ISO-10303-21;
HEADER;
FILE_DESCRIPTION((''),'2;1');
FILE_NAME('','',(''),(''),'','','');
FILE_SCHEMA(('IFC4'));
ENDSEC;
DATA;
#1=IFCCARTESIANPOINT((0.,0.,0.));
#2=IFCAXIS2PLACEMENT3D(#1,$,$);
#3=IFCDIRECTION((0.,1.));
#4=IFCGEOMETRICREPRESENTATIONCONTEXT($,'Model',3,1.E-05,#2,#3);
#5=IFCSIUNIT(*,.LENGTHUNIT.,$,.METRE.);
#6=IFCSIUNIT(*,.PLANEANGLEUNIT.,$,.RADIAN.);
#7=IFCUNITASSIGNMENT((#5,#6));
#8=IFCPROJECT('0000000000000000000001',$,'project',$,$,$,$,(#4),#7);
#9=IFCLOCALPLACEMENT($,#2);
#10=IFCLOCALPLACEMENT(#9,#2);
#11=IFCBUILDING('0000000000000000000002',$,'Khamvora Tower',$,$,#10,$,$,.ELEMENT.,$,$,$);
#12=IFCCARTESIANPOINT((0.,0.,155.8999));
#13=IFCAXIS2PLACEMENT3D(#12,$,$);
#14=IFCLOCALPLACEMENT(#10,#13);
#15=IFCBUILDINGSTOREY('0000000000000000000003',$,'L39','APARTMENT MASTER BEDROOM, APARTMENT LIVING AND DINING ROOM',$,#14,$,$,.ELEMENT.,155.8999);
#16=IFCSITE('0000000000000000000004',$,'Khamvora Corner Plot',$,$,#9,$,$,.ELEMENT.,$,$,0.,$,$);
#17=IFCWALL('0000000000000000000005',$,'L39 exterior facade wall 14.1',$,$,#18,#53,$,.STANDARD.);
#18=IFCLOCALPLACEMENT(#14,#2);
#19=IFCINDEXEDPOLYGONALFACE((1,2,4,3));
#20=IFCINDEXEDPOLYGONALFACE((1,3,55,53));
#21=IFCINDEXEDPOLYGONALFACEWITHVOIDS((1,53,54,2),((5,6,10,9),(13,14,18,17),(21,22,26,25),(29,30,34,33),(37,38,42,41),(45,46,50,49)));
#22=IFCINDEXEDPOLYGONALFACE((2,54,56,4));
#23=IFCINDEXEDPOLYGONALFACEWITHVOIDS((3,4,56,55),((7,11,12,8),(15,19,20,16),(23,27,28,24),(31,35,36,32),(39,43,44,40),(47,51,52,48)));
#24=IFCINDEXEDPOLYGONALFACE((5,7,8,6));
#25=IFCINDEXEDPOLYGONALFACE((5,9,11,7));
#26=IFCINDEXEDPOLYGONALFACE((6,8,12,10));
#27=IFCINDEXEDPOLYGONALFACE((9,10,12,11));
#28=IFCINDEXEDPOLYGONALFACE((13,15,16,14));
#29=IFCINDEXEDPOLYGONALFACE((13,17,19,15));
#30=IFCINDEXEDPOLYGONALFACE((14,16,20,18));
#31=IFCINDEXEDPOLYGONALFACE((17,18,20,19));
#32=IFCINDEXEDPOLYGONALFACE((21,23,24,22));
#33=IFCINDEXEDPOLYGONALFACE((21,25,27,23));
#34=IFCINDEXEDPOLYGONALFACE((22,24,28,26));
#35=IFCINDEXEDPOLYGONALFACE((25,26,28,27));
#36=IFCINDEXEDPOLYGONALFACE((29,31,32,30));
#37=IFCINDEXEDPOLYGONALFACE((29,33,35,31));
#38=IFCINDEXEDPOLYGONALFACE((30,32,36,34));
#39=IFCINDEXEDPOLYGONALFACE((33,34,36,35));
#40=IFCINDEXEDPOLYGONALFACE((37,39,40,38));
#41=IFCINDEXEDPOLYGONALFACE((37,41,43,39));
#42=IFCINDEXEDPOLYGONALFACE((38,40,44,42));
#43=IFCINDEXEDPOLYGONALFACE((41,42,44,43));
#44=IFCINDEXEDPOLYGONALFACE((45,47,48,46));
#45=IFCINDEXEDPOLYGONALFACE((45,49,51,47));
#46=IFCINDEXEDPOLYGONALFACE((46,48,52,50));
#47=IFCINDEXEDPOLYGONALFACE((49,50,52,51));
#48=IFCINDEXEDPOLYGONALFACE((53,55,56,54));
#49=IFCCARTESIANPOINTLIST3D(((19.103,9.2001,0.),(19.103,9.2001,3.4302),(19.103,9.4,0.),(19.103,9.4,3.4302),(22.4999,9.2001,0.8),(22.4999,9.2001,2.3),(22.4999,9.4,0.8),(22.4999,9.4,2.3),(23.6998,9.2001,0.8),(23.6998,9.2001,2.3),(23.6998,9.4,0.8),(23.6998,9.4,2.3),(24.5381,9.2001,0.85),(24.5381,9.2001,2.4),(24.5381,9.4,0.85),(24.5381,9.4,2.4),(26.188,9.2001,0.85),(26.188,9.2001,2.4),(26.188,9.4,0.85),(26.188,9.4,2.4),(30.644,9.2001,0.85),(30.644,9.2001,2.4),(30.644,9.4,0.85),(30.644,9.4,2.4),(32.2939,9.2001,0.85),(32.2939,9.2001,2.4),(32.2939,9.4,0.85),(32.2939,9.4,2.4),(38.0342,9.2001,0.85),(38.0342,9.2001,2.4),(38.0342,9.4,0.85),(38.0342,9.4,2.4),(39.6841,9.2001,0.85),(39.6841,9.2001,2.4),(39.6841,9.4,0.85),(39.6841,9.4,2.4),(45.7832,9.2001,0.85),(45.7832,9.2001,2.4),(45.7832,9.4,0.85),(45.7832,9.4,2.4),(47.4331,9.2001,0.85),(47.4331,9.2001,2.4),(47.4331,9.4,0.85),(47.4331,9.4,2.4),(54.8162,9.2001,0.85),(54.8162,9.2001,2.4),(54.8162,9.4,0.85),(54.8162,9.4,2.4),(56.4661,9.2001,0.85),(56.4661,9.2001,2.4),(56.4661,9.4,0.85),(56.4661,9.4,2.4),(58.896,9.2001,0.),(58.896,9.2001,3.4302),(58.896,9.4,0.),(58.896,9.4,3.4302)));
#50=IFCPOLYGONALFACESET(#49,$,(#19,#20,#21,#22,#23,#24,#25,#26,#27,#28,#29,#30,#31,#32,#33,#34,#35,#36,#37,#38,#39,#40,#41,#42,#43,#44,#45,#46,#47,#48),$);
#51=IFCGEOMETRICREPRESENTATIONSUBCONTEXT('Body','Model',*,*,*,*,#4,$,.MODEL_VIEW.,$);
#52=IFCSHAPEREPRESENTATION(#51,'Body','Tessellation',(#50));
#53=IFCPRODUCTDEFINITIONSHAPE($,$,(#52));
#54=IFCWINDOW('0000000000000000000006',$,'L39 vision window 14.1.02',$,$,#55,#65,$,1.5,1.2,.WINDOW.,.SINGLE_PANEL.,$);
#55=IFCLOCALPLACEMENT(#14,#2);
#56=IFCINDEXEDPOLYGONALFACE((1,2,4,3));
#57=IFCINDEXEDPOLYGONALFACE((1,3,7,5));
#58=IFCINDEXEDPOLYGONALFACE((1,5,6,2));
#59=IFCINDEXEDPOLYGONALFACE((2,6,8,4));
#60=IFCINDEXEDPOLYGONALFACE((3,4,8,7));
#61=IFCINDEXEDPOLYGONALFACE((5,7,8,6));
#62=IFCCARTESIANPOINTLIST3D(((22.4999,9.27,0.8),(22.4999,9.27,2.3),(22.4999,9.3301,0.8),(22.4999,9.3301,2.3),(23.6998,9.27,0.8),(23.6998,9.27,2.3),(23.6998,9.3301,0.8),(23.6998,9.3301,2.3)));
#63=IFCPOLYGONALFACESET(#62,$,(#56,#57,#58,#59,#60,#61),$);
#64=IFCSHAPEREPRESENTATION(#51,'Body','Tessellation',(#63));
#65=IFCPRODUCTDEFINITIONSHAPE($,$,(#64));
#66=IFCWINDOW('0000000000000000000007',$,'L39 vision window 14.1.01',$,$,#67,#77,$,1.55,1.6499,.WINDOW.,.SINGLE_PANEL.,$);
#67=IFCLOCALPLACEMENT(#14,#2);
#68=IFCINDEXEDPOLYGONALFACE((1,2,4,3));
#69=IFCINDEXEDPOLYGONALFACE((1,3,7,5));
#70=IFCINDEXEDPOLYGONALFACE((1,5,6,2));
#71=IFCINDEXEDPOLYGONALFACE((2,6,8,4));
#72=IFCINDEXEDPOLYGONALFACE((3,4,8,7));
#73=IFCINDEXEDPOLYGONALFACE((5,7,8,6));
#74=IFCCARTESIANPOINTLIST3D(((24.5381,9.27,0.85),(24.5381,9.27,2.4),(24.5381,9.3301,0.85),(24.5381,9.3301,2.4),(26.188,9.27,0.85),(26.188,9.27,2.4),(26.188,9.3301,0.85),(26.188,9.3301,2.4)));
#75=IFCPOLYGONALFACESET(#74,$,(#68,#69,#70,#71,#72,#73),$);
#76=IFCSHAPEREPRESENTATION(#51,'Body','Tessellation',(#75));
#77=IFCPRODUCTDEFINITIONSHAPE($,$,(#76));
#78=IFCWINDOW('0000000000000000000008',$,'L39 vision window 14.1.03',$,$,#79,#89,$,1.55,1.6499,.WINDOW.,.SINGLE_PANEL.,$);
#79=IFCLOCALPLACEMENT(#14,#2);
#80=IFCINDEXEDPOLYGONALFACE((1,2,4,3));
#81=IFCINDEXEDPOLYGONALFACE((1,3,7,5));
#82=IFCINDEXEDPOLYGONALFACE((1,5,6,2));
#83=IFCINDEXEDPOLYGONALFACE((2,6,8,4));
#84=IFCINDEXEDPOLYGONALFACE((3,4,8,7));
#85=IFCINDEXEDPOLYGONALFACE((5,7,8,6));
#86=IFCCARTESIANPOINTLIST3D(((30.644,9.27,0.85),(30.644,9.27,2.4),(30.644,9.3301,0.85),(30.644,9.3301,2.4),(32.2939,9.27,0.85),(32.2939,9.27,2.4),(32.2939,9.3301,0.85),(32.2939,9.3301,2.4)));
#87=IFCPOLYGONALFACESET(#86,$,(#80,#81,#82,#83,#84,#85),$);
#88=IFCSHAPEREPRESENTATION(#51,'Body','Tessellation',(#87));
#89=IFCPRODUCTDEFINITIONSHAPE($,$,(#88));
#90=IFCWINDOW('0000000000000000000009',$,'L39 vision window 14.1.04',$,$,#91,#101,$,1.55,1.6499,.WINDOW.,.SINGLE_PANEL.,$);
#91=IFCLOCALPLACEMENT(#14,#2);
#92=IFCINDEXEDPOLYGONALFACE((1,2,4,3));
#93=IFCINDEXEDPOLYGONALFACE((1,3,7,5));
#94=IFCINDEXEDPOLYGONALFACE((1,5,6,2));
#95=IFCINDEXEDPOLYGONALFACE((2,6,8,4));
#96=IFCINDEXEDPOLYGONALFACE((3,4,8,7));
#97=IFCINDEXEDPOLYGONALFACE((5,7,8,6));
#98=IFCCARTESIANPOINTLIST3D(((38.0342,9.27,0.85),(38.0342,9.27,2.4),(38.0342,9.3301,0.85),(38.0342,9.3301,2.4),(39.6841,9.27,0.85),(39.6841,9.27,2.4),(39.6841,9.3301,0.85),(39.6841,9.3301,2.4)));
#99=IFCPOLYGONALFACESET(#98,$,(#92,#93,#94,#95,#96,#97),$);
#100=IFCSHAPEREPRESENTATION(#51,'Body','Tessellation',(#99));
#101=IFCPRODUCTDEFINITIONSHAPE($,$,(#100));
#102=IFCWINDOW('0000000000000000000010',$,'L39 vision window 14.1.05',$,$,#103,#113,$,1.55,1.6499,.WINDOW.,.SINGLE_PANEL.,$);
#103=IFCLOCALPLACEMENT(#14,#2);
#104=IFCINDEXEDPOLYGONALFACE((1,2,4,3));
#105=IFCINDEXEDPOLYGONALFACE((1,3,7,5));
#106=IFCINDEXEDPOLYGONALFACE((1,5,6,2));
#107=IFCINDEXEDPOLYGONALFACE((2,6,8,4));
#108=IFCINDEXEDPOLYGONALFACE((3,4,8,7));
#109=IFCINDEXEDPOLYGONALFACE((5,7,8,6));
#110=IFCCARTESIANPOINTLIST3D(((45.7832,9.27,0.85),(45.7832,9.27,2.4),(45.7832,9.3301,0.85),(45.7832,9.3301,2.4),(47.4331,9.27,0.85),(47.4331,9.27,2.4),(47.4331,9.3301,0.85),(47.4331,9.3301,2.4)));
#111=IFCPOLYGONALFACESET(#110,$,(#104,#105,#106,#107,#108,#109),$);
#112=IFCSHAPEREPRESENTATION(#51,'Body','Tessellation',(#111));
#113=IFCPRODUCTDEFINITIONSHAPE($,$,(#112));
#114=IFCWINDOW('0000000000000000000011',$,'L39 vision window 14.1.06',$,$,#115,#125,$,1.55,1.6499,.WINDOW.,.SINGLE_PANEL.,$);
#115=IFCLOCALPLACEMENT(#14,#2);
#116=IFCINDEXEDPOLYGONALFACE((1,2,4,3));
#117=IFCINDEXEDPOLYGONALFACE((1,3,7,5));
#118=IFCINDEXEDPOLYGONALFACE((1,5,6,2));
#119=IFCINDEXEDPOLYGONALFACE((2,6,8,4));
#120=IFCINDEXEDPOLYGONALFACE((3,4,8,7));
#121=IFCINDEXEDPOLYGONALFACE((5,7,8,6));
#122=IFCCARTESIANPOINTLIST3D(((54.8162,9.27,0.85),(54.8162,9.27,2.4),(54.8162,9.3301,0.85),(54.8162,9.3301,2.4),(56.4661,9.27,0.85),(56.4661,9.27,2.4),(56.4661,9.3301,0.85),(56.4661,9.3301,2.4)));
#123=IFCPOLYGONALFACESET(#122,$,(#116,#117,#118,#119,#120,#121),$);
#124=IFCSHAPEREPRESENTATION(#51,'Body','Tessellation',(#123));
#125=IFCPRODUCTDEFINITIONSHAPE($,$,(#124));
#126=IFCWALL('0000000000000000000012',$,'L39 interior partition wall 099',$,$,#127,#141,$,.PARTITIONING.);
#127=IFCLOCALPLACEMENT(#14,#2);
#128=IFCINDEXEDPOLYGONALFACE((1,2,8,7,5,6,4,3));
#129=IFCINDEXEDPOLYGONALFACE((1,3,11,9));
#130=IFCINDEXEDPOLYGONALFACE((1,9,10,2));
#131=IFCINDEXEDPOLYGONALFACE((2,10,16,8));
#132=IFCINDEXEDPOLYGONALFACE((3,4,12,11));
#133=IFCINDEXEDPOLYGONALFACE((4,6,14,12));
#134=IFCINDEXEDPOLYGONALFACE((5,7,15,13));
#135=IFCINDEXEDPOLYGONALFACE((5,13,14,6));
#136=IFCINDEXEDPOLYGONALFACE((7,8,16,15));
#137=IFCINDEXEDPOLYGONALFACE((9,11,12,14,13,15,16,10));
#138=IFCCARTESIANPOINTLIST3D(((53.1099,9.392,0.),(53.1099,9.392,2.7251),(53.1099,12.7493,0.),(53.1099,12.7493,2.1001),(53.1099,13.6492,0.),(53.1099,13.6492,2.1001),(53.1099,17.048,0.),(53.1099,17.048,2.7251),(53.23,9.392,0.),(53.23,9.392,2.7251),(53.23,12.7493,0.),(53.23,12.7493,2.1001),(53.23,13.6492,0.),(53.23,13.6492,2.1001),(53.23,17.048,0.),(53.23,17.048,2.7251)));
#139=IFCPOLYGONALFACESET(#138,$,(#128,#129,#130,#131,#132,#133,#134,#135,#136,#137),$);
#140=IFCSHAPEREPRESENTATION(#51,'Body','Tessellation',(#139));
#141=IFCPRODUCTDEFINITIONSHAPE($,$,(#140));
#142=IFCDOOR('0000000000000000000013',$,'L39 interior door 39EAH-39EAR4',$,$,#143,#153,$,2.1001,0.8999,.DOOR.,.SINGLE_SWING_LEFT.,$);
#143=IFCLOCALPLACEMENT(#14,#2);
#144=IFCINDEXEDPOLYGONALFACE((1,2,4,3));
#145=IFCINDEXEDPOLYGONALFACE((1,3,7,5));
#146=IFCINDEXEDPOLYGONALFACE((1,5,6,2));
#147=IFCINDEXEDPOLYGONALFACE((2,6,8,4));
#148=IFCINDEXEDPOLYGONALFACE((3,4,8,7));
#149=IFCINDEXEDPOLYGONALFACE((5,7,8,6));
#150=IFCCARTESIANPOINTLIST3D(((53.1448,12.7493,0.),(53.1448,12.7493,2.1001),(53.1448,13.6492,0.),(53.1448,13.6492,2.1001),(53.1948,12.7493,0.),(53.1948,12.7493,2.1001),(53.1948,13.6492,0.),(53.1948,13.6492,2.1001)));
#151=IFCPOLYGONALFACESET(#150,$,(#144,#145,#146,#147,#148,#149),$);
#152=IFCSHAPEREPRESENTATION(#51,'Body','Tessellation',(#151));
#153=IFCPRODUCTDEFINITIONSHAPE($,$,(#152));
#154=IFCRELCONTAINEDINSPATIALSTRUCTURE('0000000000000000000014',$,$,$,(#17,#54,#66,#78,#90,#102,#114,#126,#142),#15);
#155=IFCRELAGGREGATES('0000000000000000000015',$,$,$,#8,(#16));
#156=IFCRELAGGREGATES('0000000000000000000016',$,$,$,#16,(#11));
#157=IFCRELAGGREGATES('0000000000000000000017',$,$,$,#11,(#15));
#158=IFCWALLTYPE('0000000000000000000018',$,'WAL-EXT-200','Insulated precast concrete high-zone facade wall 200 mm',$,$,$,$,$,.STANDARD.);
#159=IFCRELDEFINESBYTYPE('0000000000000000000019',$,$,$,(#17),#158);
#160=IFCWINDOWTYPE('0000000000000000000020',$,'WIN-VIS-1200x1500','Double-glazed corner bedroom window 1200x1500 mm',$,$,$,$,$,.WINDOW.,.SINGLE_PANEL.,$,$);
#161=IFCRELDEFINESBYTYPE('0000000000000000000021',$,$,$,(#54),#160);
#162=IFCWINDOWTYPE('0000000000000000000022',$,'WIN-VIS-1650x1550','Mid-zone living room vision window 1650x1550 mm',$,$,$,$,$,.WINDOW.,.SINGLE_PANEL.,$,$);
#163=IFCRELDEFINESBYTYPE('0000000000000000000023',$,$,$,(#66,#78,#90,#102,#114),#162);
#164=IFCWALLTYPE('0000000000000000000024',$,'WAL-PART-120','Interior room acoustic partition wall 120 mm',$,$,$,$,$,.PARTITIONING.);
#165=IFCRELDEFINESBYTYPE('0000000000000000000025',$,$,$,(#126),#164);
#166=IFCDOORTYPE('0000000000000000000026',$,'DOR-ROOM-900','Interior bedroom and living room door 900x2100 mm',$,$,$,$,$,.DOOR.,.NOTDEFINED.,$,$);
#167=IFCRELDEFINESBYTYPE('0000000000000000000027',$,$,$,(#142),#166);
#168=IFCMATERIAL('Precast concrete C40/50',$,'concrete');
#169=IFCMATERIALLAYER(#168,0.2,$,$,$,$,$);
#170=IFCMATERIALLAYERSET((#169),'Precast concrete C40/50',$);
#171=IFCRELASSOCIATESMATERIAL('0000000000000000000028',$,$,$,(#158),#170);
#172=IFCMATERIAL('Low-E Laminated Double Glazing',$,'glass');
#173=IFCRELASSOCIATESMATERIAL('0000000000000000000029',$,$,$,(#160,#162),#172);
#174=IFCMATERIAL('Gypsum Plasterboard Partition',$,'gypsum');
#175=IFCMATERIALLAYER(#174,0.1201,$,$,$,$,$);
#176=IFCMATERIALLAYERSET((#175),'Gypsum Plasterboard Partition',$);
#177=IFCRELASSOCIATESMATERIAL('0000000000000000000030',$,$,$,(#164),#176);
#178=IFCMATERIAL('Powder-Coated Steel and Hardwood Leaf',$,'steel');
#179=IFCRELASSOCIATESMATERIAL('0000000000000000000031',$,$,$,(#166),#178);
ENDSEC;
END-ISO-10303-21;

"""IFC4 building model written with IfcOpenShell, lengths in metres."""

from ifc_helpers import new_model, si_unit, direction, frame, frame_2d, origin, place, context, subcontext, project, spatial, rectangle, extrude, material, layer, layer_set, type_object, element, fill, save


model = new_model("IFC4")

# Units and contexts
model_context = context("Model", 3, precision=1e-05, world=origin(), true_north=direction((0.0, 1.0)))
body_context = subcontext(model_context, "Body", "Model", "MODEL_VIEW")
ifc_project = project(units=[si_unit("LENGTHUNIT", "METRE"), si_unit("PLANEANGLEUNIT", "RADIAN")], contexts=[model_context])

# Site, building, storey
site_placement = place(None, origin())
site = spatial("IfcSite", under=ifc_project, at=site_placement, Name="Khamvora Corner Plot", CompositionType="ELEMENT", RefElevation=0.0)
building_placement = place(site_placement, origin())
building = spatial("IfcBuilding", under=site, at=building_placement, Name="Khamvora Tower", CompositionType="ELEMENT")
storey_placement = place(building_placement, frame((0.0, 0.0, 155.8999)))
storey = spatial("IfcBuildingStorey", under=building, at=storey_placement, Name="L39", Description="APARTMENT MASTER BEDROOM, APARTMENT LIVING AND DINING ROOM", CompositionType="ELEMENT", Elevation=155.8999)

# Shared definitions
ifc_material_1 = material(Name="Precast concrete C40/50", Category="concrete")
ifc_layer_1 = layer(ifc_material_1, 0.2)
ifc_layer_set_1 = layer_set([ifc_layer_1], Name="Precast concrete C40/50")
wall_type_1 = type_object("IfcWallType", Name="WAL-EXT-200", Description="Insulated precast concrete high-zone facade wall 200 mm", PredefinedType="STANDARD", material=ifc_layer_set_1)

# Wall, openings, windows
wall_1_placement = place(storey_placement, frame((58.896, 9.3, 0.0), z_axis=(0.0, 0.0, 1.0), x_axis=(-1.0, 0.0, 0.0)))
wall_1 = element("IfcWall", 1, at=wall_1_placement, inside=storey, type_object=wall_type_1, Name="L39 exterior facade wall 14.1", PredefinedType="STANDARD", context=body_context, shape_type="SweptSolid", body=[
    extrude(rectangle(XDim=39.793, YDim=0.2, at=frame_2d((19.8965, 0.0))), origin(), (0.0, 0.0, 1.0), 3.4302),
])
opening_1_placement = place(wall_1_placement, frame((32.708, 0.0, 0.8501)))
opening_1 = element("IfcOpeningElement", 2, at=opening_1_placement, cuts=wall_1, PredefinedType="OPENING", context=body_context, shape_type="SweptSolid", body=[
    extrude(rectangle(XDim=1.6499, YDim=1.55, at=frame_2d((0.825, 0.7749))), frame((0.0, 0.1099, 0.0), z_axis=(0.0, -1.0, 0.0), x_axis=(1.0, 0.0, 0.0)), (0.0, 0.0, 1.0), 0.22),
])
opening_2_placement = place(wall_1_placement, frame((35.196, 0.0, 0.8)))
opening_2 = element("IfcOpeningElement", 3, at=opening_2_placement, cuts=wall_1, PredefinedType="OPENING", context=body_context, shape_type="SweptSolid", body=[
    extrude(rectangle(XDim=1.2, YDim=1.5, at=frame_2d((0.6001, 0.75))), frame((0.0, 0.1099, 0.0), z_axis=(0.0, -1.0, 0.0), x_axis=(1.0, 0.0, 0.0)), (0.0, 0.0, 1.0), 0.22),
])
opening_3_placement = place(wall_1_placement, frame((26.6021, 0.0, 0.8501)))
opening_3 = element("IfcOpeningElement", 4, at=opening_3_placement, cuts=wall_1, PredefinedType="OPENING", context=body_context, shape_type="SweptSolid", body=[
    extrude(rectangle(XDim=1.6499, YDim=1.55, at=frame_2d((0.825, 0.7749))), frame((0.0, 0.1099, 0.0), z_axis=(0.0, -1.0, 0.0), x_axis=(1.0, 0.0, 0.0)), (0.0, 0.0, 1.0), 0.22),
])
opening_4_placement = place(wall_1_placement, frame((19.2119, 0.0, 0.8501)))
opening_4 = element("IfcOpeningElement", 5, at=opening_4_placement, cuts=wall_1, PredefinedType="OPENING", context=body_context, shape_type="SweptSolid", body=[
    extrude(rectangle(XDim=1.6499, YDim=1.55, at=frame_2d((0.825, 0.7749))), frame((0.0, 0.1099, 0.0), z_axis=(0.0, -1.0, 0.0), x_axis=(1.0, 0.0, 0.0)), (0.0, 0.0, 1.0), 0.22),
])
opening_5_placement = place(wall_1_placement, frame((11.4629, 0.0, 0.8501)))
opening_5 = element("IfcOpeningElement", 6, at=opening_5_placement, cuts=wall_1, PredefinedType="OPENING", context=body_context, shape_type="SweptSolid", body=[
    extrude(rectangle(XDim=1.6499, YDim=1.55, at=frame_2d((0.825, 0.7749))), frame((0.0, 0.1099, 0.0), z_axis=(0.0, -1.0, 0.0), x_axis=(1.0, 0.0, 0.0)), (0.0, 0.0, 1.0), 0.22),
])
opening_6_placement = place(wall_1_placement, frame((2.4299, 0.0, 0.8501)))
opening_6 = element("IfcOpeningElement", 7, at=opening_6_placement, cuts=wall_1, PredefinedType="OPENING", context=body_context, shape_type="SweptSolid", body=[
    extrude(rectangle(XDim=1.6499, YDim=1.55, at=frame_2d((0.825, 0.7749))), frame((0.0, 0.1099, 0.0), z_axis=(0.0, -1.0, 0.0), x_axis=(1.0, 0.0, 0.0)), (0.0, 0.0, 1.0), 0.22),
])
ifc_material_2 = material(Name="Low-E Laminated Double Glazing", Category="glass")
window_type_1 = type_object("IfcWindowType", Name="WIN-VIS-1200x1500", Description="Double-glazed corner bedroom window 1200x1500 mm", PartitioningType="SINGLE_PANEL", PredefinedType="WINDOW", material=ifc_material_2)
window_1_placement = place(opening_2_placement, origin())
window_1 = element("IfcWindow", 8, at=window_1_placement, inside=storey, type_object=window_type_1, Name="L39 vision window 14.1.02", OverallHeight=1.5, OverallWidth=1.2, PartitioningType="SINGLE_PANEL", PredefinedType="WINDOW", context=body_context, shape_type="SweptSolid", body=[
    extrude(rectangle(XDim=1.2, YDim=1.5, at=frame_2d((0.6001, 0.75))), frame((0.0, 0.03, 0.0), z_axis=(0.0, -1.0, 0.0), x_axis=(1.0, 0.0, 0.0)), (0.0, 0.0, 1.0), 0.0601),
])
fill(opening_2, window_1)
window_type_2 = type_object("IfcWindowType", Name="WIN-VIS-1650x1550", Description="Mid-zone living room vision window 1650x1550 mm", PartitioningType="SINGLE_PANEL", PredefinedType="WINDOW", material=ifc_material_2)
window_2_placement = place(opening_1_placement, origin())
window_2 = element("IfcWindow", 9, at=window_2_placement, inside=storey, type_object=window_type_2, Name="L39 vision window 14.1.01", OverallHeight=1.55, OverallWidth=1.6499, PartitioningType="SINGLE_PANEL", PredefinedType="WINDOW", context=body_context, shape_type="SweptSolid", body=[
    extrude(rectangle(XDim=1.6499, YDim=1.55, at=frame_2d((0.825, 0.7749))), frame((0.0, 0.03, 0.0), z_axis=(0.0, -1.0, 0.0), x_axis=(1.0, 0.0, 0.0)), (0.0, 0.0, 1.0), 0.0601),
])
fill(opening_1, window_2)
window_3_placement = place(opening_3_placement, origin())
window_3 = element("IfcWindow", 10, at=window_3_placement, inside=storey, type_object=window_type_2, Name="L39 vision window 14.1.03", OverallHeight=1.55, OverallWidth=1.6499, PartitioningType="SINGLE_PANEL", PredefinedType="WINDOW", context=body_context, shape_type="SweptSolid", body=[
    extrude(rectangle(XDim=1.6499, YDim=1.55, at=frame_2d((0.825, 0.7749))), frame((0.0, 0.03, 0.0), z_axis=(0.0, -1.0, 0.0), x_axis=(1.0, 0.0, 0.0)), (0.0, 0.0, 1.0), 0.0601),
])
fill(opening_3, window_3)
window_4_placement = place(opening_4_placement, origin())
window_4 = element("IfcWindow", 11, at=window_4_placement, inside=storey, type_object=window_type_2, Name="L39 vision window 14.1.04", OverallHeight=1.55, OverallWidth=1.6499, PartitioningType="SINGLE_PANEL", PredefinedType="WINDOW", context=body_context, shape_type="SweptSolid", body=[
    extrude(rectangle(XDim=1.6499, YDim=1.55, at=frame_2d((0.825, 0.7749))), frame((0.0, 0.03, 0.0), z_axis=(0.0, -1.0, 0.0), x_axis=(1.0, 0.0, 0.0)), (0.0, 0.0, 1.0), 0.0601),
])
fill(opening_4, window_4)
window_5_placement = place(opening_5_placement, origin())
window_5 = element("IfcWindow", 12, at=window_5_placement, inside=storey, type_object=window_type_2, Name="L39 vision window 14.1.05", OverallHeight=1.55, OverallWidth=1.6499, PartitioningType="SINGLE_PANEL", PredefinedType="WINDOW", context=body_context, shape_type="SweptSolid", body=[
    extrude(rectangle(XDim=1.6499, YDim=1.55, at=frame_2d((0.825, 0.7749))), frame((0.0, 0.03, 0.0), z_axis=(0.0, -1.0, 0.0), x_axis=(1.0, 0.0, 0.0)), (0.0, 0.0, 1.0), 0.0601),
])
fill(opening_5, window_5)
window_6_placement = place(opening_6_placement, origin())
window_6 = element("IfcWindow", 13, at=window_6_placement, inside=storey, type_object=window_type_2, Name="L39 vision window 14.1.06", OverallHeight=1.55, OverallWidth=1.6499, PartitioningType="SINGLE_PANEL", PredefinedType="WINDOW", context=body_context, shape_type="SweptSolid", body=[
    extrude(rectangle(XDim=1.6499, YDim=1.55, at=frame_2d((0.825, 0.7749))), frame((0.0, 0.03, 0.0), z_axis=(0.0, -1.0, 0.0), x_axis=(1.0, 0.0, 0.0)), (0.0, 0.0, 1.0), 0.0601),
])
fill(opening_6, window_6)

# Wall, opening, door
ifc_material_3 = material(Name="Gypsum Plasterboard Partition", Category="gypsum")
ifc_layer_2 = layer(ifc_material_3, 0.1201)
ifc_layer_set_2 = layer_set([ifc_layer_2], Name="Gypsum Plasterboard Partition")
wall_type_2 = type_object("IfcWallType", Name="WAL-PART-120", Description="Interior room acoustic partition wall 120 mm", PredefinedType="PARTITIONING", material=ifc_layer_set_2)
wall_2_placement = place(storey_placement, frame((53.1699, 17.0481, 0.0), z_axis=(0.0, 0.0, 1.0), x_axis=(0.0, -1.0, 0.0)))
wall_2 = element("IfcWall", 14, at=wall_2_placement, inside=storey, type_object=wall_type_2, Name="L39 interior partition wall 099", PredefinedType="PARTITIONING", context=body_context, shape_type="SweptSolid", body=[
    extrude(rectangle(XDim=7.656, YDim=0.1201, at=frame_2d((3.8281, 0.0))), origin(), (0.0, 0.0, 1.0), 2.7251),
])
opening_7_placement = place(wall_2_placement, frame((3.3989, 0.0, 0.0)))
opening_7 = element("IfcOpeningElement", 15, at=opening_7_placement, cuts=wall_2, PredefinedType="OPENING", context=body_context, shape_type="SweptSolid", body=[
    extrude(rectangle(XDim=0.8999, YDim=2.1001, at=frame_2d((0.45, 1.05))), frame((0.0, 0.0701, 0.0), z_axis=(0.0, -1.0, 0.0), x_axis=(1.0, 0.0, 0.0)), (0.0, 0.0, 1.0), 0.1401),
])
ifc_material_4 = material(Name="Powder-Coated Steel and Hardwood Leaf", Category="steel")
door_type = type_object("IfcDoorType", Name="DOR-ROOM-900", Description="Interior bedroom and living room door 900x2100 mm", OperationType="NOTDEFINED", PredefinedType="DOOR", material=ifc_material_4)
door_1_placement = place(opening_7_placement, origin())
door_1 = element("IfcDoor", 16, at=door_1_placement, inside=storey, type_object=door_type, Name="L39 interior door 39EAH-39EAR4", OperationType="SINGLE_SWING_LEFT", OverallHeight=2.1001, OverallWidth=0.8999, PredefinedType="DOOR", context=body_context, shape_type="SweptSolid", body=[
    extrude(rectangle(XDim=0.8999, YDim=2.1001, at=frame_2d((0.45, 1.05))), frame((0.0, 0.0249, 0.0), z_axis=(0.0, -1.0, 0.0), x_axis=(1.0, 0.0, 0.0)), (0.0, 0.0, 1.0), 0.05),
])
fill(opening_7, door_1)

save(model, "model.ifc")
